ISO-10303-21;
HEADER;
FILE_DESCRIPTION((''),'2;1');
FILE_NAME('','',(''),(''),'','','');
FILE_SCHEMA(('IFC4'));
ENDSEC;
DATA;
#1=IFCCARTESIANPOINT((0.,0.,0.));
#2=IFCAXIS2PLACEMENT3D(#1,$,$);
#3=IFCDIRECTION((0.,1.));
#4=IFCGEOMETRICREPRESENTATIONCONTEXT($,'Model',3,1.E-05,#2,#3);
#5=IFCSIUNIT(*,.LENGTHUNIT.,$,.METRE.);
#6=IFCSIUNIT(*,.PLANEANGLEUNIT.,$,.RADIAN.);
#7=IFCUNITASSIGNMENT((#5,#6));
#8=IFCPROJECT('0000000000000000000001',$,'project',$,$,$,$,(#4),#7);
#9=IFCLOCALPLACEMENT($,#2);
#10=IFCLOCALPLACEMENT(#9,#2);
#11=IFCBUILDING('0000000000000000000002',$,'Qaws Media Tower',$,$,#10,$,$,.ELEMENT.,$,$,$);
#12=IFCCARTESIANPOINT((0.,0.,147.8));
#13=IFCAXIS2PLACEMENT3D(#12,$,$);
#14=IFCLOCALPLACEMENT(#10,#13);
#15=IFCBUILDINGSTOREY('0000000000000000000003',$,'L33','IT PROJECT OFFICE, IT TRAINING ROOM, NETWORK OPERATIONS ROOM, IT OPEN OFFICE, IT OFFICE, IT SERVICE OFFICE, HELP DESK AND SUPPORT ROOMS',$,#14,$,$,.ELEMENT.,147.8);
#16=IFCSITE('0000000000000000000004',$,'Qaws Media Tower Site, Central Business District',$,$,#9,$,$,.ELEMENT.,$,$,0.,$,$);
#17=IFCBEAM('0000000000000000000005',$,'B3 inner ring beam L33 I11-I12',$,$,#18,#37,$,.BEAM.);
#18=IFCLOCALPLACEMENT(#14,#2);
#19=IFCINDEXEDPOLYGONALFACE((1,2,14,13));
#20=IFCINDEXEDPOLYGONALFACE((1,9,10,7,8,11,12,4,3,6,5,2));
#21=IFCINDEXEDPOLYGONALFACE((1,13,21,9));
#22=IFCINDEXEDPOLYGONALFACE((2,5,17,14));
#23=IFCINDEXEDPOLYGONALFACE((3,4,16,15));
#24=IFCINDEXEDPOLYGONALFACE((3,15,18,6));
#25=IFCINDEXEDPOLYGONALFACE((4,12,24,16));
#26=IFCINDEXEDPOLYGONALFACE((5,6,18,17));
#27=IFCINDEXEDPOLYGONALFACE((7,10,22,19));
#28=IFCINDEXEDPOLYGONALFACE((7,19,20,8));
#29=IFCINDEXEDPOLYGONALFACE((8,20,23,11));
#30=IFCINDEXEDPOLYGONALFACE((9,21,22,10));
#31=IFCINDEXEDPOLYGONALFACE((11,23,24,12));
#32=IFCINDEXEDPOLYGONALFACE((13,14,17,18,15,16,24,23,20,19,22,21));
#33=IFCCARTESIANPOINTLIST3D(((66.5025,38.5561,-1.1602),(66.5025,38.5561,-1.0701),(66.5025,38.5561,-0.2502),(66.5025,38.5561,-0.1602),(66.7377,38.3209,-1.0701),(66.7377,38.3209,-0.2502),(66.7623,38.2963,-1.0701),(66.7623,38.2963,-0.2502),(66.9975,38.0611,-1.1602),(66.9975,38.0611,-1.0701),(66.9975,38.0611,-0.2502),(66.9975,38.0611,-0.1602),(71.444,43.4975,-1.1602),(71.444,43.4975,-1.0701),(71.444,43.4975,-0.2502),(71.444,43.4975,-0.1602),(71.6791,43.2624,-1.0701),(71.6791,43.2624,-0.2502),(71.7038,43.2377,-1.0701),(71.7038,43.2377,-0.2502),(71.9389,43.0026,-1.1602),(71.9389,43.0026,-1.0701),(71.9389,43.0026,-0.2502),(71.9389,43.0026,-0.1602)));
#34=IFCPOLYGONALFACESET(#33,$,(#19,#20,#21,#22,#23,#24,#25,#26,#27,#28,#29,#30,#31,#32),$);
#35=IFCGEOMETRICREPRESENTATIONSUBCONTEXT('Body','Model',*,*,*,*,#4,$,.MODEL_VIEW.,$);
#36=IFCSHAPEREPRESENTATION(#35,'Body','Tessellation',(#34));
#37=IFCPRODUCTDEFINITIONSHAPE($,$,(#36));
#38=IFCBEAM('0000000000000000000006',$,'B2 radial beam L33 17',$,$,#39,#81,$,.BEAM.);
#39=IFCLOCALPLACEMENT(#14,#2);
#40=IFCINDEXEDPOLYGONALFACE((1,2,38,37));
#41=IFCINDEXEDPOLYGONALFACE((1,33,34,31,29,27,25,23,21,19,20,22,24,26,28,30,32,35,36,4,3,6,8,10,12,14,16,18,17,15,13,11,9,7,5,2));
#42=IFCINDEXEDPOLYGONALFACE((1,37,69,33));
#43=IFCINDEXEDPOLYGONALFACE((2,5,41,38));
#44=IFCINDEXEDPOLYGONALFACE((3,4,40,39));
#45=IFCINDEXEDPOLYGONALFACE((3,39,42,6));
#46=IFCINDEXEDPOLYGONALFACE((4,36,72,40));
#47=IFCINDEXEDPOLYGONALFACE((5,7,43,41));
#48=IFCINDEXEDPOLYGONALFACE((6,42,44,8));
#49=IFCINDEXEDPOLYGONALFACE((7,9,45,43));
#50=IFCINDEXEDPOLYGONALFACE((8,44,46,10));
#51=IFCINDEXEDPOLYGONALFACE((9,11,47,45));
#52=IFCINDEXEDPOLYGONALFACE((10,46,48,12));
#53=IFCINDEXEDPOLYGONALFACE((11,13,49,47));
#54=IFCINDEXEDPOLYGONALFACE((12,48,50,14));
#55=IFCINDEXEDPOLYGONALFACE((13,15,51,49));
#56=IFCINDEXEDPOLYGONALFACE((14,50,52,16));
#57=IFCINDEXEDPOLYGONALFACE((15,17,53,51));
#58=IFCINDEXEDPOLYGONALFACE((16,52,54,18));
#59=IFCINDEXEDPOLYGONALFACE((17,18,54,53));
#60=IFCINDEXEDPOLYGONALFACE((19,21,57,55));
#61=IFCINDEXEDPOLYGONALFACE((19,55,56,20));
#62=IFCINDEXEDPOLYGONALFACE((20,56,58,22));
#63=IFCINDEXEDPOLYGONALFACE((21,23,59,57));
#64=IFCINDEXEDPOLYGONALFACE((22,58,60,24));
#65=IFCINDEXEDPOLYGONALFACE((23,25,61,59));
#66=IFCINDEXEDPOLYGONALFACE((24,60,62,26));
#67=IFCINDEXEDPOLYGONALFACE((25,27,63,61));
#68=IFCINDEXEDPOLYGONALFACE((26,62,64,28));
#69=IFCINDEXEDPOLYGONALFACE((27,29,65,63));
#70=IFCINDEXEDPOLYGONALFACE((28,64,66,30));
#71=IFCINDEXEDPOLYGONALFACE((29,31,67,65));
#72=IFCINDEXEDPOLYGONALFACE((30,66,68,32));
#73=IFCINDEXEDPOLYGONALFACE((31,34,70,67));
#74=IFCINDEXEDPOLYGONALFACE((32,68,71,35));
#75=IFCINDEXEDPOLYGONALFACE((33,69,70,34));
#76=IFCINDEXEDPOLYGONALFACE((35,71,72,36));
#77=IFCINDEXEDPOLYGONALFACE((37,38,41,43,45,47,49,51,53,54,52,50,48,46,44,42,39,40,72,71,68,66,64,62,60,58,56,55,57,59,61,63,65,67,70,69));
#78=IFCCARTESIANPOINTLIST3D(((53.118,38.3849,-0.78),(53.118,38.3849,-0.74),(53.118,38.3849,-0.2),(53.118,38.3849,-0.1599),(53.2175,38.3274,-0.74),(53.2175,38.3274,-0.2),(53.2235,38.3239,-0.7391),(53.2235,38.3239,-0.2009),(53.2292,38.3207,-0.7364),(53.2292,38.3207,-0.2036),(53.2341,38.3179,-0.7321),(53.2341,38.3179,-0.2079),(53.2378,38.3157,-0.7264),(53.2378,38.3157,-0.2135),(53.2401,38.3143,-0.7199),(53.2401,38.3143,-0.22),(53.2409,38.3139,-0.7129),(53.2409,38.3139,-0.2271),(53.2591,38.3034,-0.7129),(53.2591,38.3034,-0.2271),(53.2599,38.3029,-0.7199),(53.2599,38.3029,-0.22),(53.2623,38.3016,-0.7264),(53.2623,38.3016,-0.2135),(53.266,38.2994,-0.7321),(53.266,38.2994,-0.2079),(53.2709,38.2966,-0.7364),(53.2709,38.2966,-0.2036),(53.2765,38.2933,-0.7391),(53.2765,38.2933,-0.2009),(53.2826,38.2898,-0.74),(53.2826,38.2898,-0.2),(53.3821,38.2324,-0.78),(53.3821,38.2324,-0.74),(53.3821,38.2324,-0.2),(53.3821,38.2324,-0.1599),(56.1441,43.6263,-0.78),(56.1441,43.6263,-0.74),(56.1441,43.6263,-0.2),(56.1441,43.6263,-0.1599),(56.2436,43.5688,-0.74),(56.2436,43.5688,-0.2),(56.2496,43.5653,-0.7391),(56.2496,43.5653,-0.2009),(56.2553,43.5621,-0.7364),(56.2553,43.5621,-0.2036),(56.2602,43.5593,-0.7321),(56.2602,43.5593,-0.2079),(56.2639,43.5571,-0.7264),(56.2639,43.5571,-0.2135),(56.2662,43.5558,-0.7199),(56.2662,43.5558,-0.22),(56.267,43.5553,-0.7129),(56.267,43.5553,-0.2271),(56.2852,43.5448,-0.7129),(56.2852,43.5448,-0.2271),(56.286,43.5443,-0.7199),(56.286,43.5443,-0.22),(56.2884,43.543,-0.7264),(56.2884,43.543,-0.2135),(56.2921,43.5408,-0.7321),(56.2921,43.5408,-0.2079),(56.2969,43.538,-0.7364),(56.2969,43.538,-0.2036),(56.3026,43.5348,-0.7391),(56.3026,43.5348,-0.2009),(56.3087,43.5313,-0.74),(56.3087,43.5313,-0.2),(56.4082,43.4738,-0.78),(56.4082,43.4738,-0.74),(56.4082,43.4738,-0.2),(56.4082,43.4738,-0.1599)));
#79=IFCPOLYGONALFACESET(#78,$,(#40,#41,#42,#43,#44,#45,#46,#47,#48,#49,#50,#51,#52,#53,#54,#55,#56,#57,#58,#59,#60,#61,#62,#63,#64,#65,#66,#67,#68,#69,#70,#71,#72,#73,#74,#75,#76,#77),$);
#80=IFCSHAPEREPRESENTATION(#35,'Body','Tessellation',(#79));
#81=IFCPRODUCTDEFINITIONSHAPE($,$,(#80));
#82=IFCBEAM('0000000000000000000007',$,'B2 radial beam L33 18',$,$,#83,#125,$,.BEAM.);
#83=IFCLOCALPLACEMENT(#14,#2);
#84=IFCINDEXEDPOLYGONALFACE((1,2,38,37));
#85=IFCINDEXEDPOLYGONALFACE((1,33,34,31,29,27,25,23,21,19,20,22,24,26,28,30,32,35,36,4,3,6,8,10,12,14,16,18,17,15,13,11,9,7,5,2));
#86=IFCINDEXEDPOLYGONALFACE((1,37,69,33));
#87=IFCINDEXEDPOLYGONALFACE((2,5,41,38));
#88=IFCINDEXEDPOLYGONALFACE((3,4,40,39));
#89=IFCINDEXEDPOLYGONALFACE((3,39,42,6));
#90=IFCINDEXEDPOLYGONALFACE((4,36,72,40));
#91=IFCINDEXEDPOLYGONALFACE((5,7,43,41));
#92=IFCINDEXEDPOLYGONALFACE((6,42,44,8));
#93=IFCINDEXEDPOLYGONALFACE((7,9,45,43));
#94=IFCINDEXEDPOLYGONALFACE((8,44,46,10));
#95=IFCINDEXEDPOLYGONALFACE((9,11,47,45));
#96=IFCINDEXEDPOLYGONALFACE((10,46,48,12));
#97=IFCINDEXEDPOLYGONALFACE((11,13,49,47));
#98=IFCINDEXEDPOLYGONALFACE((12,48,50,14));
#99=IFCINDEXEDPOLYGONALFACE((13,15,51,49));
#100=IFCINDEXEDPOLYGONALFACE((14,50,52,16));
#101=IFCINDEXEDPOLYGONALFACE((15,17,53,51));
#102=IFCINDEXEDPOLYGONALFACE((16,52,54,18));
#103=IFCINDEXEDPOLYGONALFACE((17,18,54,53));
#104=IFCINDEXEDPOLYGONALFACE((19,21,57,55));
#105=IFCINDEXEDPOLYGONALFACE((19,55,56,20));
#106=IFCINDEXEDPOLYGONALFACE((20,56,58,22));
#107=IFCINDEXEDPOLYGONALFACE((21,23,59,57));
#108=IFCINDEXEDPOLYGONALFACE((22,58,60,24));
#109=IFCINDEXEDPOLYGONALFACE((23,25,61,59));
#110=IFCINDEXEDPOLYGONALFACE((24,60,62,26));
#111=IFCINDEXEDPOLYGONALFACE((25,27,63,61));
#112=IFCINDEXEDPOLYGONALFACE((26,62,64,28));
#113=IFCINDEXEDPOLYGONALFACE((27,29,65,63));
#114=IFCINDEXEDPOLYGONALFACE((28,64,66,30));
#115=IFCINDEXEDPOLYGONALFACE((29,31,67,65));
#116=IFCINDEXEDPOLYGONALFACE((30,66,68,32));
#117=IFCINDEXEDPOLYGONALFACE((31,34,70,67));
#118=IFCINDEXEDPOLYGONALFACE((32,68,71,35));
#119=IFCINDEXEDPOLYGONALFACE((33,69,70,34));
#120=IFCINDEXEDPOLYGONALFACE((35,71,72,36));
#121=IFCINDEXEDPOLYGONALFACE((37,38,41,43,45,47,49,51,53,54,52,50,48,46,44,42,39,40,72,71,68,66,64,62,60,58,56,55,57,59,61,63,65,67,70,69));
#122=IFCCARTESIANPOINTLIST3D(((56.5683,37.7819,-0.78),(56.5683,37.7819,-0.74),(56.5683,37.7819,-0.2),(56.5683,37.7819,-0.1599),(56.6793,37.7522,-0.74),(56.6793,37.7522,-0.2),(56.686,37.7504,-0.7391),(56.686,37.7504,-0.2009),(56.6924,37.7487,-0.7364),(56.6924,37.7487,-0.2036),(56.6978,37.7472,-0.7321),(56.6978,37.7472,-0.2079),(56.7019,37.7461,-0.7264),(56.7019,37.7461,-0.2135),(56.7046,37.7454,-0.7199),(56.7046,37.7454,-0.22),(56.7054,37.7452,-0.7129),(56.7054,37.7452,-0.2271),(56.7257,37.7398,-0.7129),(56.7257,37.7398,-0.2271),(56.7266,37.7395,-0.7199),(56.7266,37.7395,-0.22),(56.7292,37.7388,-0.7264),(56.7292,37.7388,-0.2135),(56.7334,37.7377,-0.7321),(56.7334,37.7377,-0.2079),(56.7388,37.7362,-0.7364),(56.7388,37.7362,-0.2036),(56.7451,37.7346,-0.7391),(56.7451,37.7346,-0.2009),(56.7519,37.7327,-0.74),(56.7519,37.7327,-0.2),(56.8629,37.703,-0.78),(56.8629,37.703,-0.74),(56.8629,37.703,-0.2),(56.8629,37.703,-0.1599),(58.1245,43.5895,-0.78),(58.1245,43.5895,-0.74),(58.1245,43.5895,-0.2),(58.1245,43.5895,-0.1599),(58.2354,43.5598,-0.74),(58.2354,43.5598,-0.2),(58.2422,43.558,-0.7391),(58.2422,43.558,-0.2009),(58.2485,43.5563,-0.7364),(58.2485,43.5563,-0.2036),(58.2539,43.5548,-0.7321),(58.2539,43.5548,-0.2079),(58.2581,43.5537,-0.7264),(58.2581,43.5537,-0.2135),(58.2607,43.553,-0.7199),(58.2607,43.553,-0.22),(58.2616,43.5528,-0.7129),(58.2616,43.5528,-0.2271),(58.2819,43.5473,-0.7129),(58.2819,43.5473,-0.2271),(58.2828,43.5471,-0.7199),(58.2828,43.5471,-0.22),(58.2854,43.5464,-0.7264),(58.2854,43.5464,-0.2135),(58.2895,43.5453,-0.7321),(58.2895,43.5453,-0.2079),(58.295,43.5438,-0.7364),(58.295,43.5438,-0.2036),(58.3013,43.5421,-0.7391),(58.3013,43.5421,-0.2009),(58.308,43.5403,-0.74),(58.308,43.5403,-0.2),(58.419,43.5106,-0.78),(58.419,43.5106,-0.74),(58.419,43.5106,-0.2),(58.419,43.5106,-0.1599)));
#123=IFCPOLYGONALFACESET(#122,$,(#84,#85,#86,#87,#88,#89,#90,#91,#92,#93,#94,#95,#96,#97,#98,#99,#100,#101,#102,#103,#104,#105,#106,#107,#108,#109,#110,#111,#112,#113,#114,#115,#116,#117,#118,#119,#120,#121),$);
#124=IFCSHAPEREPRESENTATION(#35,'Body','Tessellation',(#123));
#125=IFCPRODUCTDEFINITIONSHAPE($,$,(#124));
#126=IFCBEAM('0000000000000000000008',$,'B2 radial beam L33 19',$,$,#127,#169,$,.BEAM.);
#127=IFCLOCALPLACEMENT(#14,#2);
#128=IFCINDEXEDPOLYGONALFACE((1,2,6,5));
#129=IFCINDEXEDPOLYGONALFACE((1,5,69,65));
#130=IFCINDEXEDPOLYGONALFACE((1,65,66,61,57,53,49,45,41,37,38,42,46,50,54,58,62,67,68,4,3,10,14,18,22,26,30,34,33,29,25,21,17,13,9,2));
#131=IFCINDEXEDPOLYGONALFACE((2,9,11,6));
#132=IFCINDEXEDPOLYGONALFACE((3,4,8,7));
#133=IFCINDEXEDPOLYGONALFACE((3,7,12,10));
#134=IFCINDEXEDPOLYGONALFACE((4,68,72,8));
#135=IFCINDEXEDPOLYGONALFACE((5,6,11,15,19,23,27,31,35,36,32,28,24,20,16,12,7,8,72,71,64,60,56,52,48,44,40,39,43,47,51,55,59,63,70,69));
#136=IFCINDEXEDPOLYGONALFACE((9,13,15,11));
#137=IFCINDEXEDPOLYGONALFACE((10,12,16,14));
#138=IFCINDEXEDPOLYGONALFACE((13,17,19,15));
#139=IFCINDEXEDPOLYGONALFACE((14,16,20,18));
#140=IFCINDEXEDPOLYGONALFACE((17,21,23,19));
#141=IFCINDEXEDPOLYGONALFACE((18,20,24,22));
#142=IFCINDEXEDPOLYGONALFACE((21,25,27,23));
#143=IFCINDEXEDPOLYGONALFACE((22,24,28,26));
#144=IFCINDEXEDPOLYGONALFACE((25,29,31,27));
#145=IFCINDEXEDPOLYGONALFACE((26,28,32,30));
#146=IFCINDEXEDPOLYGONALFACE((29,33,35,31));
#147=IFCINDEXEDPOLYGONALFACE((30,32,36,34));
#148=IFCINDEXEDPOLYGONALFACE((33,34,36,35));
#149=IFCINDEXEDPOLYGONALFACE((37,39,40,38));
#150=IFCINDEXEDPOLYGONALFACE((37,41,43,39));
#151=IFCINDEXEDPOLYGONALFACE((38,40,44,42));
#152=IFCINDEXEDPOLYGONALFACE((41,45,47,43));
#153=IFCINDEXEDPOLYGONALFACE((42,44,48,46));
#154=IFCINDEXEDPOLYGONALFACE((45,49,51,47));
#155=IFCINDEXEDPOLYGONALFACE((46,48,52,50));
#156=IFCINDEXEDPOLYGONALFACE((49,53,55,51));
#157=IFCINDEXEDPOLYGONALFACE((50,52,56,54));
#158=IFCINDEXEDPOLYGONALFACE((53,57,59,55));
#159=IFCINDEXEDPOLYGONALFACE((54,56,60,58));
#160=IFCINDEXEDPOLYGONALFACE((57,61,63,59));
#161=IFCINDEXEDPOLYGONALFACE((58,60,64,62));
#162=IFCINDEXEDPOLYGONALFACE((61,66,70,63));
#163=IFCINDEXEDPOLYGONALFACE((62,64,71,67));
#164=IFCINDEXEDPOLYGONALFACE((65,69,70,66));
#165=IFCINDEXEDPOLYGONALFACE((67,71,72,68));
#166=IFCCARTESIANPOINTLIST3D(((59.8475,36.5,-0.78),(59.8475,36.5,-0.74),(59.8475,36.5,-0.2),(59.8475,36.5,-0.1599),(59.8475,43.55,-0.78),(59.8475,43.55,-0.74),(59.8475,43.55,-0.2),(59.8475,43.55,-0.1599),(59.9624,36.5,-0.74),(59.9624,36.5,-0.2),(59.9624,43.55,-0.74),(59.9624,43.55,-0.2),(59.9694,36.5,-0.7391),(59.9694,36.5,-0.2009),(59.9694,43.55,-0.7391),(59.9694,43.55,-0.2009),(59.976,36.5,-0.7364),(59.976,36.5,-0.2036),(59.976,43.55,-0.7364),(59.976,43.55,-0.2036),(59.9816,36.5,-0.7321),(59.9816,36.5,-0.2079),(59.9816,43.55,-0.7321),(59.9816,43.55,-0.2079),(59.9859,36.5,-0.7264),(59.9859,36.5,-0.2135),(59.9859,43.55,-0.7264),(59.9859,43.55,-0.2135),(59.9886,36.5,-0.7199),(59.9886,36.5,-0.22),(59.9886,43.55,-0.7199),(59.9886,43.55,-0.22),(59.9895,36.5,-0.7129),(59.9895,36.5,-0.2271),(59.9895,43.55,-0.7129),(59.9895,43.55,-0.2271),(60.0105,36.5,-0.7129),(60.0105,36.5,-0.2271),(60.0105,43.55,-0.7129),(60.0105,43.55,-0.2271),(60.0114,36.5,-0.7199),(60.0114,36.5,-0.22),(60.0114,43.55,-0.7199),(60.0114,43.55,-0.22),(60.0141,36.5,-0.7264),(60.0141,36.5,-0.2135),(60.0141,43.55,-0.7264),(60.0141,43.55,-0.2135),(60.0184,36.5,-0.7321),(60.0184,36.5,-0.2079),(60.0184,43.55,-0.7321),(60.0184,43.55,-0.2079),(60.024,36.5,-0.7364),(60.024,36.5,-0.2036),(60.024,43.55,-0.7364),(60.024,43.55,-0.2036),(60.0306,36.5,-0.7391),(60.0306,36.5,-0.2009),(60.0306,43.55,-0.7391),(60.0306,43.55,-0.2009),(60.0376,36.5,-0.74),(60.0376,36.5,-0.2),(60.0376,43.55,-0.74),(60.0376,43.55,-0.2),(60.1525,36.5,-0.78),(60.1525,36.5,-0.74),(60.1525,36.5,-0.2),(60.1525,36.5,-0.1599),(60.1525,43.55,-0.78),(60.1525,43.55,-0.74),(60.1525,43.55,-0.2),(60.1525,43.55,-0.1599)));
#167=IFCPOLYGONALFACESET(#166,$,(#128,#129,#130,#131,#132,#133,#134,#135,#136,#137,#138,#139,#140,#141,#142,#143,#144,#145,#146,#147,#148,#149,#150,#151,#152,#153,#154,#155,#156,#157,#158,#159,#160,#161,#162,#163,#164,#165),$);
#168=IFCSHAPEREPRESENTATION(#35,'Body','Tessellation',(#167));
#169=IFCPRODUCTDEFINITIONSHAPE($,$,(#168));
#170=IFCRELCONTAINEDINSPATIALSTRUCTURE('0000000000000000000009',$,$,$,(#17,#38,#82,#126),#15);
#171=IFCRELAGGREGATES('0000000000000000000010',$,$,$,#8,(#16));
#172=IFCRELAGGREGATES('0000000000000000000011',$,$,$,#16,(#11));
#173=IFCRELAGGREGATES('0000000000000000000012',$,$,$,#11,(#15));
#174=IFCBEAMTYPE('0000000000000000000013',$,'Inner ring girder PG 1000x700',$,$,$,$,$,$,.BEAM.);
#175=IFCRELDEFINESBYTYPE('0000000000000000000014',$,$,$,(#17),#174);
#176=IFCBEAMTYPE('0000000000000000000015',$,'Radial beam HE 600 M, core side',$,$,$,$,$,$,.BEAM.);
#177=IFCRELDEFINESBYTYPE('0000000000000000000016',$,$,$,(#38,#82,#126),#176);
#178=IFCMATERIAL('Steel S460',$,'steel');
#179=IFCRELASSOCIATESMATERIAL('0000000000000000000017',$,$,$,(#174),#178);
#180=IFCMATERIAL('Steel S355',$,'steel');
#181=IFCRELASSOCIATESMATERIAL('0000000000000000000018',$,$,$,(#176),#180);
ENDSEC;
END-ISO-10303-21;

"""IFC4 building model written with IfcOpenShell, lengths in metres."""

from ifc_helpers import new_model, si_unit, direction, frame, origin, origin_2d, place, context, subcontext, project, spatial, i_section, extrude, material, material_profile, profile_set, type_object, element, save


model = new_model("IFC4")

# Units and contexts
model_context = context("Model", 3, precision=1e-05, world=origin(), true_north=direction((0.0, 1.0)))
body_context = subcontext(model_context, "Body", "Model", "MODEL_VIEW")
ifc_project = project(units=[si_unit("LENGTHUNIT", "METRE"), si_unit("PLANEANGLEUNIT", "RADIAN")], contexts=[model_context])

# Site, building, storey
site_placement = place(None, origin())
site = spatial("IfcSite", under=ifc_project, at=site_placement, Name="Qaws Media Tower Site, Central Business District", CompositionType="ELEMENT", RefElevation=0.0)
building_placement = place(site_placement, origin())
building = spatial("IfcBuilding", under=site, at=building_placement, Name="Qaws Media Tower", CompositionType="ELEMENT")
storey_placement = place(building_placement, frame((0.0, 0.0, 147.8)))
storey = spatial("IfcBuildingStorey", under=building, at=storey_placement, Name="L33", Description="IT PROJECT OFFICE, IT TRAINING ROOM, NETWORK OPERATIONS ROOM, IT OPEN OFFICE, IT OFFICE, IT SERVICE OFFICE, HELP DESK AND SUPPORT ROOMS", CompositionType="ELEMENT", Elevation=147.8)

# Beams
ifc_material_1 = material(Name="Steel S460", Category="steel")
ifc_material_profile_1 = material_profile(ifc_material_1, i_section(OverallWidth=0.7, OverallDepth=1.0, WebThickness=0.0349, FlangeThickness=0.0901, at=origin_2d()), Name="PG 1000x700")
ifc_profile_set_1 = profile_set([ifc_material_profile_1], Name="Steel S460")
beam_type_1 = type_object("IfcBeamType", Name="Inner ring girder PG 1000x700", PredefinedType="BEAM", material=ifc_profile_set_1)
beam_1_placement = place(storey_placement, frame((66.75, 38.3086, -0.6602), z_axis=(0.707107, 0.707107, 0.0), x_axis=(-0.707107, 0.707107, 0.0)))
element("IfcBeam", 1, at=beam_1_placement, inside=storey, type_object=beam_type_1, Name="B3 inner ring beam L33 I11-I12", PredefinedType="BEAM", context=body_context, shape_type="SweptSolid", body=[
    extrude(i_section(OverallWidth=0.7, OverallDepth=1.0, WebThickness=0.0349, FlangeThickness=0.0901, at=origin_2d()), origin(), (0.0, 0.0, 1.0), 6.9883),
])
ifc_material_2 = material(Name="Steel S355", Category="steel")
ifc_material_profile_2 = material_profile(ifc_material_2, i_section(OverallWidth=0.3049, OverallDepth=0.6201, WebThickness=0.021, FlangeThickness=0.04, FilletRadius=0.0271, at=origin_2d()), Name="HE 600 M")
ifc_profile_set_2 = profile_set([ifc_material_profile_2], Name="Steel S355")
beam_type_2 = type_object("IfcBeamType", Name="Radial beam HE 600 M, core side", PredefinedType="BEAM", material=ifc_profile_set_2)
beam_2_placement = place(storey_placement, frame((56.2761, 43.55, -0.47), z_axis=(-0.499996, -0.866028, 0.0), x_axis=(0.866028, -0.499996, 0.0)))
element("IfcBeam", 2, at=beam_2_placement, inside=storey, type_object=beam_type_2, Name="B2 radial beam L33 17", PredefinedType="BEAM", context=body_context, shape_type="SweptSolid", body=[
    extrude(i_section(OverallWidth=0.3049, OverallDepth=0.6201, WebThickness=0.021, FlangeThickness=0.04, FilletRadius=0.0271, at=origin_2d()), origin(), (0.0, 0.0, 1.0), 6.0522),
])
beam_3_placement = place(storey_placement, frame((58.2717, 43.55, -0.47), z_axis=(-0.25882, -0.965926, 0.0), x_axis=(0.965926, -0.25882, 0.0)))
element("IfcBeam", 3, at=beam_3_placement, inside=storey, type_object=beam_type_2, Name="B2 radial beam L33 18", PredefinedType="BEAM", context=body_context, shape_type="SweptSolid", body=[
    extrude(i_section(OverallWidth=0.3049, OverallDepth=0.6201, WebThickness=0.021, FlangeThickness=0.04, FilletRadius=0.0271, at=origin_2d()), origin(), (0.0, 0.0, 1.0), 6.0125),
])
beam_4_placement = place(storey_placement, frame((60.0, 43.55, -0.47), z_axis=(0.0, -1.0, 0.0), x_axis=(1.0, 0.0, 0.0)))
element("IfcBeam", 4, at=beam_4_placement, inside=storey, type_object=beam_type_2, Name="B2 radial beam L33 19", PredefinedType="BEAM", context=body_context, shape_type="SweptSolid", body=[
    extrude(i_section(OverallWidth=0.3049, OverallDepth=0.6201, WebThickness=0.021, FlangeThickness=0.04, FilletRadius=0.0271, at=origin_2d()), origin(), (0.0, 0.0, 1.0), 7.05),
])

save(model, "model.ifc")
